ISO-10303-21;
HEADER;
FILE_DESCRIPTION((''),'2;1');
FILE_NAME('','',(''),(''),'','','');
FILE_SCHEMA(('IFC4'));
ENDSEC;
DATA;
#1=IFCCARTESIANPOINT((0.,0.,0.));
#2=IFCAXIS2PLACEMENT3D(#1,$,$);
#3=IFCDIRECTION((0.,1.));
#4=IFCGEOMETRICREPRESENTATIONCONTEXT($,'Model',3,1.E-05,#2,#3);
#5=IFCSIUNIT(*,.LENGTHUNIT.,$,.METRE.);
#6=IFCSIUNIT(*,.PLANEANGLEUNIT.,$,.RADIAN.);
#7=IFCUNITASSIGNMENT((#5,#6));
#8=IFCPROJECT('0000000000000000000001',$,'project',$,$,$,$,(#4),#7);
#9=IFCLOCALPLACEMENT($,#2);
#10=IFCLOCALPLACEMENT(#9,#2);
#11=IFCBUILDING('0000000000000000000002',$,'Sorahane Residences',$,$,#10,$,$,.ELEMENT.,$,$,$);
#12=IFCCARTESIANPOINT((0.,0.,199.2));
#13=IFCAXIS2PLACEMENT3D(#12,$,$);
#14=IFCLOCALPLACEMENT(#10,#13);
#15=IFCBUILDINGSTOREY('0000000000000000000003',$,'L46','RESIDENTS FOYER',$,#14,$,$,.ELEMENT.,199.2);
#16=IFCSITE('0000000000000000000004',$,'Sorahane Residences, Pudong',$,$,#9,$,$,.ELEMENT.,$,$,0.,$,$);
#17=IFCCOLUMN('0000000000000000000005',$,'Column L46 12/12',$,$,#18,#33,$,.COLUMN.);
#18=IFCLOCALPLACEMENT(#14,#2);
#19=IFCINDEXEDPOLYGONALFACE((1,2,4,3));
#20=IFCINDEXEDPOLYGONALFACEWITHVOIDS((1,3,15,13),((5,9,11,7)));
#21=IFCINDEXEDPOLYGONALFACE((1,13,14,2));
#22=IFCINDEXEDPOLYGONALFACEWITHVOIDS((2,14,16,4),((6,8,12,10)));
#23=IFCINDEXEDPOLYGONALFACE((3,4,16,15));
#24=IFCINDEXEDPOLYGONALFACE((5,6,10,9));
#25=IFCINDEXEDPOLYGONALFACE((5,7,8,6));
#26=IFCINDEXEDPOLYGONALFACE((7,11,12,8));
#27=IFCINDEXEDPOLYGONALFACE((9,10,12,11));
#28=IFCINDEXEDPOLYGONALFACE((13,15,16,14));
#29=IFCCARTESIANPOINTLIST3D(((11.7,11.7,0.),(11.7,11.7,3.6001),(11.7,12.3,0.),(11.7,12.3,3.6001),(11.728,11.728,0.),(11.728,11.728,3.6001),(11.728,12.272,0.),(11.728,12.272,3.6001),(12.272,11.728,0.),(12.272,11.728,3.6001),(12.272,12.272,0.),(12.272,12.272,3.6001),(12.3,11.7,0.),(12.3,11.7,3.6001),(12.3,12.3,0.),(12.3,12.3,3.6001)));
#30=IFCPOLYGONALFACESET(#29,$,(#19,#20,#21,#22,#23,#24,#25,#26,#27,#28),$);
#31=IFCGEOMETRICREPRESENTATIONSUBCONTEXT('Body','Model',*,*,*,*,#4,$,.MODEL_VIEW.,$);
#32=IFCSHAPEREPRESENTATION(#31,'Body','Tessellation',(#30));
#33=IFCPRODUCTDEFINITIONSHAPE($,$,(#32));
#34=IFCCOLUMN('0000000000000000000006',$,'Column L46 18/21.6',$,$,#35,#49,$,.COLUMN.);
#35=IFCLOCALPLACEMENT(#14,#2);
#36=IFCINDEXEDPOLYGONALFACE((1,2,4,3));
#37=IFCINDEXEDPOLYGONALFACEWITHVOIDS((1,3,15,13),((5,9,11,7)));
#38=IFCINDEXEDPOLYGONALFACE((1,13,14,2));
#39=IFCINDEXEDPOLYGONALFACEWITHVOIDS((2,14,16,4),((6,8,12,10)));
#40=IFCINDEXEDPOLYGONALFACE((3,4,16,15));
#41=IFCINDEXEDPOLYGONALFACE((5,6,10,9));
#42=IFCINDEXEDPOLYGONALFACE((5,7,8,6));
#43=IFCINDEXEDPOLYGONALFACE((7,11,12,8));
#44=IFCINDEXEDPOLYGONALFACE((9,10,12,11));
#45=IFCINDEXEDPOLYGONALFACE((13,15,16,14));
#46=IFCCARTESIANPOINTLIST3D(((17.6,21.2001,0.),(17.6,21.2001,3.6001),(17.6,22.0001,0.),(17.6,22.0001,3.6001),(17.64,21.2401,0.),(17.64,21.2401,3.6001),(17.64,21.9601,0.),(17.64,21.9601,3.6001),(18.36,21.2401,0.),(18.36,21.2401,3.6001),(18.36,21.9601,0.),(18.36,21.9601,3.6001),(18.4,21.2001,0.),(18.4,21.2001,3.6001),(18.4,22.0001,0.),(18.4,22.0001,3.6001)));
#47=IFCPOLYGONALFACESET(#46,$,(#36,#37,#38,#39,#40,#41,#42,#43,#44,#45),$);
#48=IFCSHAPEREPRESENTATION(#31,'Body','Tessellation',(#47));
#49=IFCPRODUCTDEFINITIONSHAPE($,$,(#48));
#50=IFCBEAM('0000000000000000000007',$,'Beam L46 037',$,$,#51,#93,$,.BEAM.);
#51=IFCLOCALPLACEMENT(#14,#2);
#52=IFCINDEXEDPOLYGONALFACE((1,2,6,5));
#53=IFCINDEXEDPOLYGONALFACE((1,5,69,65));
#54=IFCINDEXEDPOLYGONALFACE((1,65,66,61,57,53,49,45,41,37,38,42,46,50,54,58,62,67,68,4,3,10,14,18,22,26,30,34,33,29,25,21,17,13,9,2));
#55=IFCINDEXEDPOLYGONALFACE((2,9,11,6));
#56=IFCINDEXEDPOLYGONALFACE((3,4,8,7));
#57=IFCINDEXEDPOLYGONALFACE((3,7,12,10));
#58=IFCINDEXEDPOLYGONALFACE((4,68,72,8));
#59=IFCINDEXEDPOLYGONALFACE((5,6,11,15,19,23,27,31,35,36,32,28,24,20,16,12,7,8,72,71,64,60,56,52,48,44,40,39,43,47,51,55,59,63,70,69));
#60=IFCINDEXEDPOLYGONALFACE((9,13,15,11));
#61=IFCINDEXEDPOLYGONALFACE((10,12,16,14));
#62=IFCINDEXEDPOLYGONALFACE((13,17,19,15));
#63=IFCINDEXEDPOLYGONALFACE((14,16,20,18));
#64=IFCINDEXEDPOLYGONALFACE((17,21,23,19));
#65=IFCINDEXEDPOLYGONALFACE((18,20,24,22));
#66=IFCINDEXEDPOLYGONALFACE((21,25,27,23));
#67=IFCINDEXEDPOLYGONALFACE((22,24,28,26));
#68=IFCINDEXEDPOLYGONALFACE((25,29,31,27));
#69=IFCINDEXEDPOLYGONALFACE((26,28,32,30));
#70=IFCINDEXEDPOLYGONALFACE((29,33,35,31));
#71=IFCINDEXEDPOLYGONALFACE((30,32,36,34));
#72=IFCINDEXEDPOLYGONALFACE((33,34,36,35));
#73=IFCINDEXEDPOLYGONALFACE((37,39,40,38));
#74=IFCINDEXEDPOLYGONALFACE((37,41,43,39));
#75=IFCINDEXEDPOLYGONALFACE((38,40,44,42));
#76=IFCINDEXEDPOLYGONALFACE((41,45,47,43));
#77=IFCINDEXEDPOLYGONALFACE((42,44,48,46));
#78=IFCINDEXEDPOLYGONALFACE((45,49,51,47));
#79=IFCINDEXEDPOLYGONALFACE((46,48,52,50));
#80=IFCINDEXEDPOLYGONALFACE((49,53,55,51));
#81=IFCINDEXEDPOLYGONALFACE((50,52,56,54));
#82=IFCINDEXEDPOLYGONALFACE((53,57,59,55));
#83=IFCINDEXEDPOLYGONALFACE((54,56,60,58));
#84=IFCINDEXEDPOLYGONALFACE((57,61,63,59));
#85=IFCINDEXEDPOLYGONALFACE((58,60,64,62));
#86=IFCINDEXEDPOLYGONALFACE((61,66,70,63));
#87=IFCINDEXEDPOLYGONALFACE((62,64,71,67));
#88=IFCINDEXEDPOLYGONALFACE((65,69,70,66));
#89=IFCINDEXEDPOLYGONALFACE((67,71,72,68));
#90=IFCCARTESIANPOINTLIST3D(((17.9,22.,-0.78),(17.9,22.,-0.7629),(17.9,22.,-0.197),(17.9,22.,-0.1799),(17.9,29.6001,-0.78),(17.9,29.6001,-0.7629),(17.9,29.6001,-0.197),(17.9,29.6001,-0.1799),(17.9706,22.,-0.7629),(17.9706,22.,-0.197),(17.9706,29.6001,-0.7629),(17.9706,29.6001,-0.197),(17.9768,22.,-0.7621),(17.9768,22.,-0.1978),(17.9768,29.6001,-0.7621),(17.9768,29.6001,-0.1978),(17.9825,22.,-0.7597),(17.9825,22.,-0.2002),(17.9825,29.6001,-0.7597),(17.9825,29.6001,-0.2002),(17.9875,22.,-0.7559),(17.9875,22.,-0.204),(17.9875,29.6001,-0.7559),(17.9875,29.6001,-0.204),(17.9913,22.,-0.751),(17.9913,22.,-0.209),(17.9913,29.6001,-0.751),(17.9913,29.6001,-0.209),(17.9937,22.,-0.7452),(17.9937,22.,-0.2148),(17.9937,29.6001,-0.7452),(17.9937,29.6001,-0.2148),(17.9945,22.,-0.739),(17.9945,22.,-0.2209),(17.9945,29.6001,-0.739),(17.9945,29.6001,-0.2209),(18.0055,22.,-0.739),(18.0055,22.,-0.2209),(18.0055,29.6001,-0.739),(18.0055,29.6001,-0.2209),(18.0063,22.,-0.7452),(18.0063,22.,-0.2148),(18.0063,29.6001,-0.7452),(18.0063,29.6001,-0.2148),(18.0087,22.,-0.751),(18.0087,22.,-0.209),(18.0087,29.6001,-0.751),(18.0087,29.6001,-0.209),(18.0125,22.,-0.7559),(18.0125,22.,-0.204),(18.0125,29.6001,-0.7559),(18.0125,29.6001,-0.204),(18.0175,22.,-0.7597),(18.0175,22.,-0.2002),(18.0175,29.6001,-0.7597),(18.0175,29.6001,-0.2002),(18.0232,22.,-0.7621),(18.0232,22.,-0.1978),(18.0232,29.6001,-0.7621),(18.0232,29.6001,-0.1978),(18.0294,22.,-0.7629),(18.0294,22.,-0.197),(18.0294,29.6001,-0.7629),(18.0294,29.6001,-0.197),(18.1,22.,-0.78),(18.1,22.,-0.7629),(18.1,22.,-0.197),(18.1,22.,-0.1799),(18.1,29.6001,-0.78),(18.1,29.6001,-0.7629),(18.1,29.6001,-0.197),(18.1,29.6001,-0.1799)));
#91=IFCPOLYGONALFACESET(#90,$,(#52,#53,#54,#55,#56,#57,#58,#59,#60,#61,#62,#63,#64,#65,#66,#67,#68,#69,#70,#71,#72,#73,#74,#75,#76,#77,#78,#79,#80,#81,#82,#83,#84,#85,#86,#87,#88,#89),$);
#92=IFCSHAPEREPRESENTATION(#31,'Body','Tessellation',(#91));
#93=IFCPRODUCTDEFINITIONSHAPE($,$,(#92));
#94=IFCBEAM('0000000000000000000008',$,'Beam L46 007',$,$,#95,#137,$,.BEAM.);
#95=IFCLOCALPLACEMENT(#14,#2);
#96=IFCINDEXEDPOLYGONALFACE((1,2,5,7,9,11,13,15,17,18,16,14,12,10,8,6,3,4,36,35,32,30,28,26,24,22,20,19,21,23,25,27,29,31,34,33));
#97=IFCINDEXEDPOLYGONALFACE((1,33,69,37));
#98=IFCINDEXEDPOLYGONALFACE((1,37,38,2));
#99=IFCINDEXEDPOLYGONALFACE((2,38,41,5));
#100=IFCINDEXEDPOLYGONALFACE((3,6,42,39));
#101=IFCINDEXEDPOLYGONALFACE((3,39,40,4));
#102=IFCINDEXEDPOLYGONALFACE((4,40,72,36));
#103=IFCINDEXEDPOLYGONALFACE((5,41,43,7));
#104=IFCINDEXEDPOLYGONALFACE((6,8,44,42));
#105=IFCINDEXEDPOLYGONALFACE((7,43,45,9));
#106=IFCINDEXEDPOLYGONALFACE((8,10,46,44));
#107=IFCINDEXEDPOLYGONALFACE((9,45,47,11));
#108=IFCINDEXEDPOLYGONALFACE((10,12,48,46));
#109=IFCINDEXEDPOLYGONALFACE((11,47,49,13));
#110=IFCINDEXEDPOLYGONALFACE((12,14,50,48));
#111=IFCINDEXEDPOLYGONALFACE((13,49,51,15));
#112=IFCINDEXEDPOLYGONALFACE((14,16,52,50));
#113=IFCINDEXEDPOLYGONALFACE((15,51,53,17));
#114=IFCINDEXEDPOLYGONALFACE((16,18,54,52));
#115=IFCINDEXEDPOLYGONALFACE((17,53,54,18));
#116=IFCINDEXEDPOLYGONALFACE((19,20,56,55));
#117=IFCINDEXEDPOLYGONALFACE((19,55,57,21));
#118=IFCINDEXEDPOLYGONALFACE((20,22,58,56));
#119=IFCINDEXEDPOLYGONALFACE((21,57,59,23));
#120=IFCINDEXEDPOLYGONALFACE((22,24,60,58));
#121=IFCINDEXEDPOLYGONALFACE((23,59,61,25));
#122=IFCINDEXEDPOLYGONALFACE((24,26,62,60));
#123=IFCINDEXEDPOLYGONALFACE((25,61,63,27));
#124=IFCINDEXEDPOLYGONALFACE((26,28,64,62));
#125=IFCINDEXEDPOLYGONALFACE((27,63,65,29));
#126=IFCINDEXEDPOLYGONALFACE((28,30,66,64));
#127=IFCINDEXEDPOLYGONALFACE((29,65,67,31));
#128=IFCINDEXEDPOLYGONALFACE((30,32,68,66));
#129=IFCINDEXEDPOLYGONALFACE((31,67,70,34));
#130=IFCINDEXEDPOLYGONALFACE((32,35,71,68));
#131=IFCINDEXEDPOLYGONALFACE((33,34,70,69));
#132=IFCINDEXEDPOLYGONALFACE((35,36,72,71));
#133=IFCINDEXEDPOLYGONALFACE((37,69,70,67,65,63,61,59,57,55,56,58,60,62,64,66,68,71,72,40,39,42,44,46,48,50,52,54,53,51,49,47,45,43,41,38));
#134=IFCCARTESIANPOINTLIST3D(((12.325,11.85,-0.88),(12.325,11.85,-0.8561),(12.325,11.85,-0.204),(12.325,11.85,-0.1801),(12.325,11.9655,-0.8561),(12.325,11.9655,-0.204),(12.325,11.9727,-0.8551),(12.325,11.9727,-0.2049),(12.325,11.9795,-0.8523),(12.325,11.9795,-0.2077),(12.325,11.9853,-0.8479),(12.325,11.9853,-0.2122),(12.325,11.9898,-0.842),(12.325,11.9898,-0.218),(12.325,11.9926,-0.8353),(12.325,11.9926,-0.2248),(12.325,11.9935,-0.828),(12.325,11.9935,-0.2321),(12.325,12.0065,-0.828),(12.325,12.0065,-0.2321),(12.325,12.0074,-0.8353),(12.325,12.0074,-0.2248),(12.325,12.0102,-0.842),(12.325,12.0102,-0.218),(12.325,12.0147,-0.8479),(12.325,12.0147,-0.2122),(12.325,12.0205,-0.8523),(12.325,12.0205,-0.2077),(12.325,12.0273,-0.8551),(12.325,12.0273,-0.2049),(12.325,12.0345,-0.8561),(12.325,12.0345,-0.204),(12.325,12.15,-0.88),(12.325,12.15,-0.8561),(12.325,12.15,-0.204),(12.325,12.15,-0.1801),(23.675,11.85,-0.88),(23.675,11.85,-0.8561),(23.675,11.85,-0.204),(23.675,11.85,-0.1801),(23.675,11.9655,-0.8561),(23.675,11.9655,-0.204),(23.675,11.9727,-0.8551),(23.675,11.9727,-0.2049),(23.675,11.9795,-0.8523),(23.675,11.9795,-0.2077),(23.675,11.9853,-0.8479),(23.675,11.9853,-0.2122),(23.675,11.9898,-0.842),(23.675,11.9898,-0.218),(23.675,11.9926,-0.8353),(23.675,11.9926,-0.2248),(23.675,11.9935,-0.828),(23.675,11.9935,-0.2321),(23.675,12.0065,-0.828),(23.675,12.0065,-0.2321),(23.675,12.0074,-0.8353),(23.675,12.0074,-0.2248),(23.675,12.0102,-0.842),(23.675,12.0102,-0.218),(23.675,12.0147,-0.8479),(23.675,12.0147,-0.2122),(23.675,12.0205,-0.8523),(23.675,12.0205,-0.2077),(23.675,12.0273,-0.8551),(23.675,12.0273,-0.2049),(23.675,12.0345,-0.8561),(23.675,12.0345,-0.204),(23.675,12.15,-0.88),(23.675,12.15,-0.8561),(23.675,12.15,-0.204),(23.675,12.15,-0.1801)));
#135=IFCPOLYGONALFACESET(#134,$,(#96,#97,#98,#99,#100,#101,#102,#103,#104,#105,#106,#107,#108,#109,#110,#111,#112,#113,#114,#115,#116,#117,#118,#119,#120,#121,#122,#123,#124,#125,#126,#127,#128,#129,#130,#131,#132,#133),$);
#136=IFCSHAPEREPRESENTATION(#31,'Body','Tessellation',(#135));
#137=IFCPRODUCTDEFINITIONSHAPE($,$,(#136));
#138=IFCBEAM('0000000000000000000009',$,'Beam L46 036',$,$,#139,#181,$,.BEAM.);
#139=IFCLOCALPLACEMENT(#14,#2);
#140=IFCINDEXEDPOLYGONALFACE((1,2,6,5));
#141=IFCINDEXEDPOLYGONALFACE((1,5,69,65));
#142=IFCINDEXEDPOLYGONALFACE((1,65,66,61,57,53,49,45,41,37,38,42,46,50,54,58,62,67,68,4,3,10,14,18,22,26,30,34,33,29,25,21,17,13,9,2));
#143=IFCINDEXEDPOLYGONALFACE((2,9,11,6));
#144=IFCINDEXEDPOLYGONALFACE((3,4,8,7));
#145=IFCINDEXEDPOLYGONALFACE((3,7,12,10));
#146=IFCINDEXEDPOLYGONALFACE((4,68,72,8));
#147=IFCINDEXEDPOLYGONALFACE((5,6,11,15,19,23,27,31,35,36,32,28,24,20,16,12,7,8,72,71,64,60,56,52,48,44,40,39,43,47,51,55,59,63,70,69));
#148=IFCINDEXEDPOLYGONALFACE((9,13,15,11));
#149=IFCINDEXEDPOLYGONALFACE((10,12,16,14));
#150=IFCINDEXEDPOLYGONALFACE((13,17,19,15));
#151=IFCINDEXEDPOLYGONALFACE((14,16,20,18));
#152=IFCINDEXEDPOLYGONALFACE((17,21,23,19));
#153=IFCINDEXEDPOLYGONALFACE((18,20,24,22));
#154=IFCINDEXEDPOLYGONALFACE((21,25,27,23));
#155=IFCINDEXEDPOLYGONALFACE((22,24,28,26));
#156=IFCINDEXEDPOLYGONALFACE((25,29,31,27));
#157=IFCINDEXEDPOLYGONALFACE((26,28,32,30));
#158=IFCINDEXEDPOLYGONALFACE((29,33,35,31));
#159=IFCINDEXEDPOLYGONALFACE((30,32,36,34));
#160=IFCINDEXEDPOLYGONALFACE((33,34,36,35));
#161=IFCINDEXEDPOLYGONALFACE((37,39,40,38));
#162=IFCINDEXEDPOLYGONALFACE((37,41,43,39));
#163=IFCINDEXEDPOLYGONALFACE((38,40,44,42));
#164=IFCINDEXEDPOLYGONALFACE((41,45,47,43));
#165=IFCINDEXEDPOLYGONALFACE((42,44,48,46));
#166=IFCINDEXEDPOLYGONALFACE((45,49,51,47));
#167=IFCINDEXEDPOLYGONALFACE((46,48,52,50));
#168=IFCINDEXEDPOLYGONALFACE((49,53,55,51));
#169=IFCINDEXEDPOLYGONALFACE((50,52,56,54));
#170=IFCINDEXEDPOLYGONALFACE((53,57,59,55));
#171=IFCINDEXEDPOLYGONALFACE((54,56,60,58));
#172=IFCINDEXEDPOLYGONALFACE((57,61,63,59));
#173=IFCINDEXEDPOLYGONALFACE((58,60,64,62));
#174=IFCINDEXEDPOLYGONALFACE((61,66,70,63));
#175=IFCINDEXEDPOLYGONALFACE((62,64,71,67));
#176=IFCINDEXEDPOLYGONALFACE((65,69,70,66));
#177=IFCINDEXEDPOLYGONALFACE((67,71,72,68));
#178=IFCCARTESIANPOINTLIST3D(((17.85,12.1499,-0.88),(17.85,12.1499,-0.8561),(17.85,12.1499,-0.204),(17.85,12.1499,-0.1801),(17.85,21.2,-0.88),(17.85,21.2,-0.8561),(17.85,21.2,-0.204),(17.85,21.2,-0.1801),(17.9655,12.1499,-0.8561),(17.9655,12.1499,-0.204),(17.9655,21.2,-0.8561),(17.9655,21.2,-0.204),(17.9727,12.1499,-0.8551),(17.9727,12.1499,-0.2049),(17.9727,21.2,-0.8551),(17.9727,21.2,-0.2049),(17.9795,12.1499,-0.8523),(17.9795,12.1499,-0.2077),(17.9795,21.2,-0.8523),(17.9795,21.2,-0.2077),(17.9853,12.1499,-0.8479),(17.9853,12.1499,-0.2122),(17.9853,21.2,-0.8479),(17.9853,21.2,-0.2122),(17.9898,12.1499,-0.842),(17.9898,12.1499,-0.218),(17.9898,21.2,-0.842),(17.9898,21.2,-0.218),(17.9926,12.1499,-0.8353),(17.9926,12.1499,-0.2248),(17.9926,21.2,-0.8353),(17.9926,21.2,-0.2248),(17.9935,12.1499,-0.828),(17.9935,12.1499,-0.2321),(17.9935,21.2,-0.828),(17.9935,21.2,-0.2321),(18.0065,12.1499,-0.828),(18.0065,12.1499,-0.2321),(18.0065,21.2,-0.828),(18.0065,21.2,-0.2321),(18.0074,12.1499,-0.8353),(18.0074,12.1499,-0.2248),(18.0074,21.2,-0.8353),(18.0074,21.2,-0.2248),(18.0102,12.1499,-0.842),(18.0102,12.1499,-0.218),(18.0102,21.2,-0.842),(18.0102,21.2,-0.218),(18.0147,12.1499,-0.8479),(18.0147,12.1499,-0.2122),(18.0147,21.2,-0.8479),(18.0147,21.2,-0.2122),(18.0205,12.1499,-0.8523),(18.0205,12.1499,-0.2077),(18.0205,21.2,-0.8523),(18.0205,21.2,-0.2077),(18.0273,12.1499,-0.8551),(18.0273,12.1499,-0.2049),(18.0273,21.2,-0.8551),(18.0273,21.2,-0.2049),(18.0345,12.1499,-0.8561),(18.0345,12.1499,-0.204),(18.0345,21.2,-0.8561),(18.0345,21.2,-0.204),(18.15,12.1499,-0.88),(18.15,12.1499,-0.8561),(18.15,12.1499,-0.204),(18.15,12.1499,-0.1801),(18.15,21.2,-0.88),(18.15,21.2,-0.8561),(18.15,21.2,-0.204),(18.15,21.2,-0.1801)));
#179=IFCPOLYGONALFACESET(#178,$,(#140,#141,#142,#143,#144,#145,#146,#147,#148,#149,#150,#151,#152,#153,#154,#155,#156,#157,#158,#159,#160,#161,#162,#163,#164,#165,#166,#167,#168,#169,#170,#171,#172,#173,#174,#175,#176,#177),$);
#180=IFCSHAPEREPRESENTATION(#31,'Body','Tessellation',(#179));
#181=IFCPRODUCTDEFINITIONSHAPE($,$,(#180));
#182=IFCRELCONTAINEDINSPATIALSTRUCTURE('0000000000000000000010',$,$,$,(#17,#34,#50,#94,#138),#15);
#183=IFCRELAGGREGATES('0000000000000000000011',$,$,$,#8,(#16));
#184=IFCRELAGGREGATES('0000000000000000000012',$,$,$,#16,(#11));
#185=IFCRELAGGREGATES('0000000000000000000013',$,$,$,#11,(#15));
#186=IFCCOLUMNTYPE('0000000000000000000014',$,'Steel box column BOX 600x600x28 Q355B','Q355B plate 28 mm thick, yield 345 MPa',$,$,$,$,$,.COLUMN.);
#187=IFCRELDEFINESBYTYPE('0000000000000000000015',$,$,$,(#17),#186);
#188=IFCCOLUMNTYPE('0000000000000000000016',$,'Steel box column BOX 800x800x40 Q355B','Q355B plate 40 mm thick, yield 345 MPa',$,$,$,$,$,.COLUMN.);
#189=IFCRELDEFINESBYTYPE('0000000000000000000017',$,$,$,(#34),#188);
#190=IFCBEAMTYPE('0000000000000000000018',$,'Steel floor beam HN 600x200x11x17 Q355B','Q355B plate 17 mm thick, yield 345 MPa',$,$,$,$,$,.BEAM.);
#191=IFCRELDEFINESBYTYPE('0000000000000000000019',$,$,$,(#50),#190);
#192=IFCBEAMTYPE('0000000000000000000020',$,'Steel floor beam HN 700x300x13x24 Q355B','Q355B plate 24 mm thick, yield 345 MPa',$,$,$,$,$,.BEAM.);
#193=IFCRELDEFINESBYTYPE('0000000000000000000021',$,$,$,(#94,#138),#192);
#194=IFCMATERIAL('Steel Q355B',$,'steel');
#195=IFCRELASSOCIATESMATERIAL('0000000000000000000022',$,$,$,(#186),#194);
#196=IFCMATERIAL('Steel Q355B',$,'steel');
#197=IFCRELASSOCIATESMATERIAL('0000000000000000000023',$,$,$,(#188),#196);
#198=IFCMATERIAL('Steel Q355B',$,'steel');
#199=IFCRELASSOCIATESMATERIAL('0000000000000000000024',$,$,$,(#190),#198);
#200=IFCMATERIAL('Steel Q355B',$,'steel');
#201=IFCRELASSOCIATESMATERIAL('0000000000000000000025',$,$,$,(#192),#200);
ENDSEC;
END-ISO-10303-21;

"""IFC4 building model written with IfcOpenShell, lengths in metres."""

from ifc_helpers import new_model, si_unit, direction, frame, origin, origin_2d, place, context, subcontext, project, spatial, hollow_rectangle, i_section, extrude, material, material_profile, profile_set, type_object, element, save


model = new_model("IFC4")

# Units and contexts
model_context = context("Model", 3, precision=1e-05, world=origin(), true_north=direction((0.0, 1.0)))
body_context = subcontext(model_context, "Body", "Model", "MODEL_VIEW")
ifc_project = project(units=[si_unit("LENGTHUNIT", "METRE"), si_unit("PLANEANGLEUNIT", "RADIAN")], contexts=[model_context])

# Site, building, storey
site_placement = place(None, origin())
site = spatial("IfcSite", under=ifc_project, at=site_placement, Name="Sorahane Residences, Pudong", CompositionType="ELEMENT", RefElevation=0.0)
building_placement = place(site_placement, origin())
building = spatial("IfcBuilding", under=site, at=building_placement, Name="Sorahane Residences", CompositionType="ELEMENT")
storey_placement = place(building_placement, frame((0.0, 0.0, 199.2)))
storey = spatial("IfcBuildingStorey", under=building, at=storey_placement, Name="L46", Description="RESIDENTS FOYER", CompositionType="ELEMENT", Elevation=199.2)

# Columns
ifc_material_1 = material(Name="Steel Q355B", Category="steel")
ifc_material_profile_1 = material_profile(ifc_material_1, hollow_rectangle(XDim=0.6001, YDim=0.6001, WallThickness=0.0281, at=origin_2d()), Name="BOX 600x600x28")
ifc_profile_set_1 = profile_set([ifc_material_profile_1], Name="Steel Q355B")
column_type_1 = type_object("IfcColumnType", Name="Steel box column BOX 600x600x28 Q355B", Description="Q355B plate 28 mm thick, yield 345 MPa", PredefinedType="COLUMN", material=ifc_profile_set_1)
column_1_placement = place(storey_placement, frame((12.0, 12.0, 0.0), z_axis=(0.0, 0.0, 1.0), x_axis=(1.0, 0.0, 0.0)))
element("IfcColumn", 1, at=column_1_placement, inside=storey, type_object=column_type_1, Name="Column L46 12/12", PredefinedType="COLUMN", context=body_context, shape_type="SweptSolid", body=[
    extrude(hollow_rectangle(XDim=0.6001, YDim=0.6001, WallThickness=0.0281, at=origin_2d()), origin(), (0.0, 0.0, 1.0), 3.6001),
])
ifc_material_2 = material(Name="Steel Q355B", Category="steel")
ifc_material_profile_2 = material_profile(ifc_material_2, hollow_rectangle(XDim=0.8, YDim=0.8, WallThickness=0.04, at=origin_2d()), Name="BOX 800x800x40")
ifc_profile_set_2 = profile_set([ifc_material_profile_2], Name="Steel Q355B")
column_type_2 = type_object("IfcColumnType", Name="Steel box column BOX 800x800x40 Q355B", Description="Q355B plate 40 mm thick, yield 345 MPa", PredefinedType="COLUMN", material=ifc_profile_set_2)
column_2_placement = place(storey_placement, frame((18.0, 21.6001, 0.0), z_axis=(0.0, 0.0, 1.0), x_axis=(1.0, 0.0, 0.0)))
element("IfcColumn", 2, at=column_2_placement, inside=storey, type_object=column_type_2, Name="Column L46 18/21.6", PredefinedType="COLUMN", context=body_context, shape_type="SweptSolid", body=[
    extrude(hollow_rectangle(XDim=0.8, YDim=0.8, WallThickness=0.04, at=origin_2d()), origin(), (0.0, 0.0, 1.0), 3.6001),
])

# Beams
ifc_material_3 = material(Name="Steel Q355B", Category="steel")
ifc_material_profile_3 = material_profile(ifc_material_3, i_section(OverallWidth=0.2, OverallDepth=0.6001, WebThickness=0.011, FlangeThickness=0.0171, FilletRadius=0.0239, at=origin_2d()), Name="HN 600x200x11x17")
ifc_profile_set_3 = profile_set([ifc_material_profile_3], Name="Steel Q355B")
beam_type_1 = type_object("IfcBeamType", Name="Steel floor beam HN 600x200x11x17 Q355B", Description="Q355B plate 17 mm thick, yield 345 MPa", PredefinedType="BEAM", material=ifc_profile_set_3)
beam_1_placement = place(storey_placement, frame((18.0, 22.0, -0.48), z_axis=(0.0, 1.0, 0.0), x_axis=(-1.0, 0.0, 0.0)))
element("IfcBeam", 3, at=beam_1_placement, inside=storey, type_object=beam_type_1, Name="Beam L46 037", PredefinedType="BEAM", context=body_context, shape_type="SweptSolid", body=[
    extrude(i_section(OverallWidth=0.2, OverallDepth=0.6001, WebThickness=0.011, FlangeThickness=0.0171, FilletRadius=0.0239, at=origin_2d()), origin(), (0.0, 0.0, 1.0), 7.6001),
])
ifc_material_4 = material(Name="Steel Q355B", Category="steel")
ifc_material_profile_4 = material_profile(ifc_material_4, i_section(OverallWidth=0.3, OverallDepth=0.7, WebThickness=0.0129, FlangeThickness=0.0239, FilletRadius=0.0281, at=origin_2d()), Name="HN 700x300x13x24")
ifc_profile_set_4 = profile_set([ifc_material_profile_4], Name="Steel Q355B")
beam_type_2 = type_object("IfcBeamType", Name="Steel floor beam HN 700x300x13x24 Q355B", Description="Q355B plate 24 mm thick, yield 345 MPa", PredefinedType="BEAM", material=ifc_profile_set_4)
beam_2_placement = place(storey_placement, frame((12.325, 12.0, -0.53), z_axis=(1.0, 0.0, 0.0), x_axis=(0.0, 1.0, 0.0)))
element("IfcBeam", 4, at=beam_2_placement, inside=storey, type_object=beam_type_2, Name="Beam L46 007", PredefinedType="BEAM", context=body_context, shape_type="SweptSolid", body=[
    extrude(i_section(OverallWidth=0.3, OverallDepth=0.7, WebThickness=0.0129, FlangeThickness=0.0239, FilletRadius=0.0281, at=origin_2d()), origin(), (0.0, 0.0, 1.0), 11.3501),
])
beam_3_placement = place(storey_placement, frame((18.0, 12.1499, -0.53), z_axis=(0.0, 1.0, 0.0), x_axis=(-1.0, 0.0, 0.0)))
element("IfcBeam", 5, at=beam_3_placement, inside=storey, type_object=beam_type_2, Name="Beam L46 036", PredefinedType="BEAM", context=body_context, shape_type="SweptSolid", body=[
    extrude(i_section(OverallWidth=0.3, OverallDepth=0.7, WebThickness=0.0129, FlangeThickness=0.0239, FilletRadius=0.0281, at=origin_2d()), origin(), (0.0, 0.0, 1.0), 9.05),
])

save(model, "model.ifc")
